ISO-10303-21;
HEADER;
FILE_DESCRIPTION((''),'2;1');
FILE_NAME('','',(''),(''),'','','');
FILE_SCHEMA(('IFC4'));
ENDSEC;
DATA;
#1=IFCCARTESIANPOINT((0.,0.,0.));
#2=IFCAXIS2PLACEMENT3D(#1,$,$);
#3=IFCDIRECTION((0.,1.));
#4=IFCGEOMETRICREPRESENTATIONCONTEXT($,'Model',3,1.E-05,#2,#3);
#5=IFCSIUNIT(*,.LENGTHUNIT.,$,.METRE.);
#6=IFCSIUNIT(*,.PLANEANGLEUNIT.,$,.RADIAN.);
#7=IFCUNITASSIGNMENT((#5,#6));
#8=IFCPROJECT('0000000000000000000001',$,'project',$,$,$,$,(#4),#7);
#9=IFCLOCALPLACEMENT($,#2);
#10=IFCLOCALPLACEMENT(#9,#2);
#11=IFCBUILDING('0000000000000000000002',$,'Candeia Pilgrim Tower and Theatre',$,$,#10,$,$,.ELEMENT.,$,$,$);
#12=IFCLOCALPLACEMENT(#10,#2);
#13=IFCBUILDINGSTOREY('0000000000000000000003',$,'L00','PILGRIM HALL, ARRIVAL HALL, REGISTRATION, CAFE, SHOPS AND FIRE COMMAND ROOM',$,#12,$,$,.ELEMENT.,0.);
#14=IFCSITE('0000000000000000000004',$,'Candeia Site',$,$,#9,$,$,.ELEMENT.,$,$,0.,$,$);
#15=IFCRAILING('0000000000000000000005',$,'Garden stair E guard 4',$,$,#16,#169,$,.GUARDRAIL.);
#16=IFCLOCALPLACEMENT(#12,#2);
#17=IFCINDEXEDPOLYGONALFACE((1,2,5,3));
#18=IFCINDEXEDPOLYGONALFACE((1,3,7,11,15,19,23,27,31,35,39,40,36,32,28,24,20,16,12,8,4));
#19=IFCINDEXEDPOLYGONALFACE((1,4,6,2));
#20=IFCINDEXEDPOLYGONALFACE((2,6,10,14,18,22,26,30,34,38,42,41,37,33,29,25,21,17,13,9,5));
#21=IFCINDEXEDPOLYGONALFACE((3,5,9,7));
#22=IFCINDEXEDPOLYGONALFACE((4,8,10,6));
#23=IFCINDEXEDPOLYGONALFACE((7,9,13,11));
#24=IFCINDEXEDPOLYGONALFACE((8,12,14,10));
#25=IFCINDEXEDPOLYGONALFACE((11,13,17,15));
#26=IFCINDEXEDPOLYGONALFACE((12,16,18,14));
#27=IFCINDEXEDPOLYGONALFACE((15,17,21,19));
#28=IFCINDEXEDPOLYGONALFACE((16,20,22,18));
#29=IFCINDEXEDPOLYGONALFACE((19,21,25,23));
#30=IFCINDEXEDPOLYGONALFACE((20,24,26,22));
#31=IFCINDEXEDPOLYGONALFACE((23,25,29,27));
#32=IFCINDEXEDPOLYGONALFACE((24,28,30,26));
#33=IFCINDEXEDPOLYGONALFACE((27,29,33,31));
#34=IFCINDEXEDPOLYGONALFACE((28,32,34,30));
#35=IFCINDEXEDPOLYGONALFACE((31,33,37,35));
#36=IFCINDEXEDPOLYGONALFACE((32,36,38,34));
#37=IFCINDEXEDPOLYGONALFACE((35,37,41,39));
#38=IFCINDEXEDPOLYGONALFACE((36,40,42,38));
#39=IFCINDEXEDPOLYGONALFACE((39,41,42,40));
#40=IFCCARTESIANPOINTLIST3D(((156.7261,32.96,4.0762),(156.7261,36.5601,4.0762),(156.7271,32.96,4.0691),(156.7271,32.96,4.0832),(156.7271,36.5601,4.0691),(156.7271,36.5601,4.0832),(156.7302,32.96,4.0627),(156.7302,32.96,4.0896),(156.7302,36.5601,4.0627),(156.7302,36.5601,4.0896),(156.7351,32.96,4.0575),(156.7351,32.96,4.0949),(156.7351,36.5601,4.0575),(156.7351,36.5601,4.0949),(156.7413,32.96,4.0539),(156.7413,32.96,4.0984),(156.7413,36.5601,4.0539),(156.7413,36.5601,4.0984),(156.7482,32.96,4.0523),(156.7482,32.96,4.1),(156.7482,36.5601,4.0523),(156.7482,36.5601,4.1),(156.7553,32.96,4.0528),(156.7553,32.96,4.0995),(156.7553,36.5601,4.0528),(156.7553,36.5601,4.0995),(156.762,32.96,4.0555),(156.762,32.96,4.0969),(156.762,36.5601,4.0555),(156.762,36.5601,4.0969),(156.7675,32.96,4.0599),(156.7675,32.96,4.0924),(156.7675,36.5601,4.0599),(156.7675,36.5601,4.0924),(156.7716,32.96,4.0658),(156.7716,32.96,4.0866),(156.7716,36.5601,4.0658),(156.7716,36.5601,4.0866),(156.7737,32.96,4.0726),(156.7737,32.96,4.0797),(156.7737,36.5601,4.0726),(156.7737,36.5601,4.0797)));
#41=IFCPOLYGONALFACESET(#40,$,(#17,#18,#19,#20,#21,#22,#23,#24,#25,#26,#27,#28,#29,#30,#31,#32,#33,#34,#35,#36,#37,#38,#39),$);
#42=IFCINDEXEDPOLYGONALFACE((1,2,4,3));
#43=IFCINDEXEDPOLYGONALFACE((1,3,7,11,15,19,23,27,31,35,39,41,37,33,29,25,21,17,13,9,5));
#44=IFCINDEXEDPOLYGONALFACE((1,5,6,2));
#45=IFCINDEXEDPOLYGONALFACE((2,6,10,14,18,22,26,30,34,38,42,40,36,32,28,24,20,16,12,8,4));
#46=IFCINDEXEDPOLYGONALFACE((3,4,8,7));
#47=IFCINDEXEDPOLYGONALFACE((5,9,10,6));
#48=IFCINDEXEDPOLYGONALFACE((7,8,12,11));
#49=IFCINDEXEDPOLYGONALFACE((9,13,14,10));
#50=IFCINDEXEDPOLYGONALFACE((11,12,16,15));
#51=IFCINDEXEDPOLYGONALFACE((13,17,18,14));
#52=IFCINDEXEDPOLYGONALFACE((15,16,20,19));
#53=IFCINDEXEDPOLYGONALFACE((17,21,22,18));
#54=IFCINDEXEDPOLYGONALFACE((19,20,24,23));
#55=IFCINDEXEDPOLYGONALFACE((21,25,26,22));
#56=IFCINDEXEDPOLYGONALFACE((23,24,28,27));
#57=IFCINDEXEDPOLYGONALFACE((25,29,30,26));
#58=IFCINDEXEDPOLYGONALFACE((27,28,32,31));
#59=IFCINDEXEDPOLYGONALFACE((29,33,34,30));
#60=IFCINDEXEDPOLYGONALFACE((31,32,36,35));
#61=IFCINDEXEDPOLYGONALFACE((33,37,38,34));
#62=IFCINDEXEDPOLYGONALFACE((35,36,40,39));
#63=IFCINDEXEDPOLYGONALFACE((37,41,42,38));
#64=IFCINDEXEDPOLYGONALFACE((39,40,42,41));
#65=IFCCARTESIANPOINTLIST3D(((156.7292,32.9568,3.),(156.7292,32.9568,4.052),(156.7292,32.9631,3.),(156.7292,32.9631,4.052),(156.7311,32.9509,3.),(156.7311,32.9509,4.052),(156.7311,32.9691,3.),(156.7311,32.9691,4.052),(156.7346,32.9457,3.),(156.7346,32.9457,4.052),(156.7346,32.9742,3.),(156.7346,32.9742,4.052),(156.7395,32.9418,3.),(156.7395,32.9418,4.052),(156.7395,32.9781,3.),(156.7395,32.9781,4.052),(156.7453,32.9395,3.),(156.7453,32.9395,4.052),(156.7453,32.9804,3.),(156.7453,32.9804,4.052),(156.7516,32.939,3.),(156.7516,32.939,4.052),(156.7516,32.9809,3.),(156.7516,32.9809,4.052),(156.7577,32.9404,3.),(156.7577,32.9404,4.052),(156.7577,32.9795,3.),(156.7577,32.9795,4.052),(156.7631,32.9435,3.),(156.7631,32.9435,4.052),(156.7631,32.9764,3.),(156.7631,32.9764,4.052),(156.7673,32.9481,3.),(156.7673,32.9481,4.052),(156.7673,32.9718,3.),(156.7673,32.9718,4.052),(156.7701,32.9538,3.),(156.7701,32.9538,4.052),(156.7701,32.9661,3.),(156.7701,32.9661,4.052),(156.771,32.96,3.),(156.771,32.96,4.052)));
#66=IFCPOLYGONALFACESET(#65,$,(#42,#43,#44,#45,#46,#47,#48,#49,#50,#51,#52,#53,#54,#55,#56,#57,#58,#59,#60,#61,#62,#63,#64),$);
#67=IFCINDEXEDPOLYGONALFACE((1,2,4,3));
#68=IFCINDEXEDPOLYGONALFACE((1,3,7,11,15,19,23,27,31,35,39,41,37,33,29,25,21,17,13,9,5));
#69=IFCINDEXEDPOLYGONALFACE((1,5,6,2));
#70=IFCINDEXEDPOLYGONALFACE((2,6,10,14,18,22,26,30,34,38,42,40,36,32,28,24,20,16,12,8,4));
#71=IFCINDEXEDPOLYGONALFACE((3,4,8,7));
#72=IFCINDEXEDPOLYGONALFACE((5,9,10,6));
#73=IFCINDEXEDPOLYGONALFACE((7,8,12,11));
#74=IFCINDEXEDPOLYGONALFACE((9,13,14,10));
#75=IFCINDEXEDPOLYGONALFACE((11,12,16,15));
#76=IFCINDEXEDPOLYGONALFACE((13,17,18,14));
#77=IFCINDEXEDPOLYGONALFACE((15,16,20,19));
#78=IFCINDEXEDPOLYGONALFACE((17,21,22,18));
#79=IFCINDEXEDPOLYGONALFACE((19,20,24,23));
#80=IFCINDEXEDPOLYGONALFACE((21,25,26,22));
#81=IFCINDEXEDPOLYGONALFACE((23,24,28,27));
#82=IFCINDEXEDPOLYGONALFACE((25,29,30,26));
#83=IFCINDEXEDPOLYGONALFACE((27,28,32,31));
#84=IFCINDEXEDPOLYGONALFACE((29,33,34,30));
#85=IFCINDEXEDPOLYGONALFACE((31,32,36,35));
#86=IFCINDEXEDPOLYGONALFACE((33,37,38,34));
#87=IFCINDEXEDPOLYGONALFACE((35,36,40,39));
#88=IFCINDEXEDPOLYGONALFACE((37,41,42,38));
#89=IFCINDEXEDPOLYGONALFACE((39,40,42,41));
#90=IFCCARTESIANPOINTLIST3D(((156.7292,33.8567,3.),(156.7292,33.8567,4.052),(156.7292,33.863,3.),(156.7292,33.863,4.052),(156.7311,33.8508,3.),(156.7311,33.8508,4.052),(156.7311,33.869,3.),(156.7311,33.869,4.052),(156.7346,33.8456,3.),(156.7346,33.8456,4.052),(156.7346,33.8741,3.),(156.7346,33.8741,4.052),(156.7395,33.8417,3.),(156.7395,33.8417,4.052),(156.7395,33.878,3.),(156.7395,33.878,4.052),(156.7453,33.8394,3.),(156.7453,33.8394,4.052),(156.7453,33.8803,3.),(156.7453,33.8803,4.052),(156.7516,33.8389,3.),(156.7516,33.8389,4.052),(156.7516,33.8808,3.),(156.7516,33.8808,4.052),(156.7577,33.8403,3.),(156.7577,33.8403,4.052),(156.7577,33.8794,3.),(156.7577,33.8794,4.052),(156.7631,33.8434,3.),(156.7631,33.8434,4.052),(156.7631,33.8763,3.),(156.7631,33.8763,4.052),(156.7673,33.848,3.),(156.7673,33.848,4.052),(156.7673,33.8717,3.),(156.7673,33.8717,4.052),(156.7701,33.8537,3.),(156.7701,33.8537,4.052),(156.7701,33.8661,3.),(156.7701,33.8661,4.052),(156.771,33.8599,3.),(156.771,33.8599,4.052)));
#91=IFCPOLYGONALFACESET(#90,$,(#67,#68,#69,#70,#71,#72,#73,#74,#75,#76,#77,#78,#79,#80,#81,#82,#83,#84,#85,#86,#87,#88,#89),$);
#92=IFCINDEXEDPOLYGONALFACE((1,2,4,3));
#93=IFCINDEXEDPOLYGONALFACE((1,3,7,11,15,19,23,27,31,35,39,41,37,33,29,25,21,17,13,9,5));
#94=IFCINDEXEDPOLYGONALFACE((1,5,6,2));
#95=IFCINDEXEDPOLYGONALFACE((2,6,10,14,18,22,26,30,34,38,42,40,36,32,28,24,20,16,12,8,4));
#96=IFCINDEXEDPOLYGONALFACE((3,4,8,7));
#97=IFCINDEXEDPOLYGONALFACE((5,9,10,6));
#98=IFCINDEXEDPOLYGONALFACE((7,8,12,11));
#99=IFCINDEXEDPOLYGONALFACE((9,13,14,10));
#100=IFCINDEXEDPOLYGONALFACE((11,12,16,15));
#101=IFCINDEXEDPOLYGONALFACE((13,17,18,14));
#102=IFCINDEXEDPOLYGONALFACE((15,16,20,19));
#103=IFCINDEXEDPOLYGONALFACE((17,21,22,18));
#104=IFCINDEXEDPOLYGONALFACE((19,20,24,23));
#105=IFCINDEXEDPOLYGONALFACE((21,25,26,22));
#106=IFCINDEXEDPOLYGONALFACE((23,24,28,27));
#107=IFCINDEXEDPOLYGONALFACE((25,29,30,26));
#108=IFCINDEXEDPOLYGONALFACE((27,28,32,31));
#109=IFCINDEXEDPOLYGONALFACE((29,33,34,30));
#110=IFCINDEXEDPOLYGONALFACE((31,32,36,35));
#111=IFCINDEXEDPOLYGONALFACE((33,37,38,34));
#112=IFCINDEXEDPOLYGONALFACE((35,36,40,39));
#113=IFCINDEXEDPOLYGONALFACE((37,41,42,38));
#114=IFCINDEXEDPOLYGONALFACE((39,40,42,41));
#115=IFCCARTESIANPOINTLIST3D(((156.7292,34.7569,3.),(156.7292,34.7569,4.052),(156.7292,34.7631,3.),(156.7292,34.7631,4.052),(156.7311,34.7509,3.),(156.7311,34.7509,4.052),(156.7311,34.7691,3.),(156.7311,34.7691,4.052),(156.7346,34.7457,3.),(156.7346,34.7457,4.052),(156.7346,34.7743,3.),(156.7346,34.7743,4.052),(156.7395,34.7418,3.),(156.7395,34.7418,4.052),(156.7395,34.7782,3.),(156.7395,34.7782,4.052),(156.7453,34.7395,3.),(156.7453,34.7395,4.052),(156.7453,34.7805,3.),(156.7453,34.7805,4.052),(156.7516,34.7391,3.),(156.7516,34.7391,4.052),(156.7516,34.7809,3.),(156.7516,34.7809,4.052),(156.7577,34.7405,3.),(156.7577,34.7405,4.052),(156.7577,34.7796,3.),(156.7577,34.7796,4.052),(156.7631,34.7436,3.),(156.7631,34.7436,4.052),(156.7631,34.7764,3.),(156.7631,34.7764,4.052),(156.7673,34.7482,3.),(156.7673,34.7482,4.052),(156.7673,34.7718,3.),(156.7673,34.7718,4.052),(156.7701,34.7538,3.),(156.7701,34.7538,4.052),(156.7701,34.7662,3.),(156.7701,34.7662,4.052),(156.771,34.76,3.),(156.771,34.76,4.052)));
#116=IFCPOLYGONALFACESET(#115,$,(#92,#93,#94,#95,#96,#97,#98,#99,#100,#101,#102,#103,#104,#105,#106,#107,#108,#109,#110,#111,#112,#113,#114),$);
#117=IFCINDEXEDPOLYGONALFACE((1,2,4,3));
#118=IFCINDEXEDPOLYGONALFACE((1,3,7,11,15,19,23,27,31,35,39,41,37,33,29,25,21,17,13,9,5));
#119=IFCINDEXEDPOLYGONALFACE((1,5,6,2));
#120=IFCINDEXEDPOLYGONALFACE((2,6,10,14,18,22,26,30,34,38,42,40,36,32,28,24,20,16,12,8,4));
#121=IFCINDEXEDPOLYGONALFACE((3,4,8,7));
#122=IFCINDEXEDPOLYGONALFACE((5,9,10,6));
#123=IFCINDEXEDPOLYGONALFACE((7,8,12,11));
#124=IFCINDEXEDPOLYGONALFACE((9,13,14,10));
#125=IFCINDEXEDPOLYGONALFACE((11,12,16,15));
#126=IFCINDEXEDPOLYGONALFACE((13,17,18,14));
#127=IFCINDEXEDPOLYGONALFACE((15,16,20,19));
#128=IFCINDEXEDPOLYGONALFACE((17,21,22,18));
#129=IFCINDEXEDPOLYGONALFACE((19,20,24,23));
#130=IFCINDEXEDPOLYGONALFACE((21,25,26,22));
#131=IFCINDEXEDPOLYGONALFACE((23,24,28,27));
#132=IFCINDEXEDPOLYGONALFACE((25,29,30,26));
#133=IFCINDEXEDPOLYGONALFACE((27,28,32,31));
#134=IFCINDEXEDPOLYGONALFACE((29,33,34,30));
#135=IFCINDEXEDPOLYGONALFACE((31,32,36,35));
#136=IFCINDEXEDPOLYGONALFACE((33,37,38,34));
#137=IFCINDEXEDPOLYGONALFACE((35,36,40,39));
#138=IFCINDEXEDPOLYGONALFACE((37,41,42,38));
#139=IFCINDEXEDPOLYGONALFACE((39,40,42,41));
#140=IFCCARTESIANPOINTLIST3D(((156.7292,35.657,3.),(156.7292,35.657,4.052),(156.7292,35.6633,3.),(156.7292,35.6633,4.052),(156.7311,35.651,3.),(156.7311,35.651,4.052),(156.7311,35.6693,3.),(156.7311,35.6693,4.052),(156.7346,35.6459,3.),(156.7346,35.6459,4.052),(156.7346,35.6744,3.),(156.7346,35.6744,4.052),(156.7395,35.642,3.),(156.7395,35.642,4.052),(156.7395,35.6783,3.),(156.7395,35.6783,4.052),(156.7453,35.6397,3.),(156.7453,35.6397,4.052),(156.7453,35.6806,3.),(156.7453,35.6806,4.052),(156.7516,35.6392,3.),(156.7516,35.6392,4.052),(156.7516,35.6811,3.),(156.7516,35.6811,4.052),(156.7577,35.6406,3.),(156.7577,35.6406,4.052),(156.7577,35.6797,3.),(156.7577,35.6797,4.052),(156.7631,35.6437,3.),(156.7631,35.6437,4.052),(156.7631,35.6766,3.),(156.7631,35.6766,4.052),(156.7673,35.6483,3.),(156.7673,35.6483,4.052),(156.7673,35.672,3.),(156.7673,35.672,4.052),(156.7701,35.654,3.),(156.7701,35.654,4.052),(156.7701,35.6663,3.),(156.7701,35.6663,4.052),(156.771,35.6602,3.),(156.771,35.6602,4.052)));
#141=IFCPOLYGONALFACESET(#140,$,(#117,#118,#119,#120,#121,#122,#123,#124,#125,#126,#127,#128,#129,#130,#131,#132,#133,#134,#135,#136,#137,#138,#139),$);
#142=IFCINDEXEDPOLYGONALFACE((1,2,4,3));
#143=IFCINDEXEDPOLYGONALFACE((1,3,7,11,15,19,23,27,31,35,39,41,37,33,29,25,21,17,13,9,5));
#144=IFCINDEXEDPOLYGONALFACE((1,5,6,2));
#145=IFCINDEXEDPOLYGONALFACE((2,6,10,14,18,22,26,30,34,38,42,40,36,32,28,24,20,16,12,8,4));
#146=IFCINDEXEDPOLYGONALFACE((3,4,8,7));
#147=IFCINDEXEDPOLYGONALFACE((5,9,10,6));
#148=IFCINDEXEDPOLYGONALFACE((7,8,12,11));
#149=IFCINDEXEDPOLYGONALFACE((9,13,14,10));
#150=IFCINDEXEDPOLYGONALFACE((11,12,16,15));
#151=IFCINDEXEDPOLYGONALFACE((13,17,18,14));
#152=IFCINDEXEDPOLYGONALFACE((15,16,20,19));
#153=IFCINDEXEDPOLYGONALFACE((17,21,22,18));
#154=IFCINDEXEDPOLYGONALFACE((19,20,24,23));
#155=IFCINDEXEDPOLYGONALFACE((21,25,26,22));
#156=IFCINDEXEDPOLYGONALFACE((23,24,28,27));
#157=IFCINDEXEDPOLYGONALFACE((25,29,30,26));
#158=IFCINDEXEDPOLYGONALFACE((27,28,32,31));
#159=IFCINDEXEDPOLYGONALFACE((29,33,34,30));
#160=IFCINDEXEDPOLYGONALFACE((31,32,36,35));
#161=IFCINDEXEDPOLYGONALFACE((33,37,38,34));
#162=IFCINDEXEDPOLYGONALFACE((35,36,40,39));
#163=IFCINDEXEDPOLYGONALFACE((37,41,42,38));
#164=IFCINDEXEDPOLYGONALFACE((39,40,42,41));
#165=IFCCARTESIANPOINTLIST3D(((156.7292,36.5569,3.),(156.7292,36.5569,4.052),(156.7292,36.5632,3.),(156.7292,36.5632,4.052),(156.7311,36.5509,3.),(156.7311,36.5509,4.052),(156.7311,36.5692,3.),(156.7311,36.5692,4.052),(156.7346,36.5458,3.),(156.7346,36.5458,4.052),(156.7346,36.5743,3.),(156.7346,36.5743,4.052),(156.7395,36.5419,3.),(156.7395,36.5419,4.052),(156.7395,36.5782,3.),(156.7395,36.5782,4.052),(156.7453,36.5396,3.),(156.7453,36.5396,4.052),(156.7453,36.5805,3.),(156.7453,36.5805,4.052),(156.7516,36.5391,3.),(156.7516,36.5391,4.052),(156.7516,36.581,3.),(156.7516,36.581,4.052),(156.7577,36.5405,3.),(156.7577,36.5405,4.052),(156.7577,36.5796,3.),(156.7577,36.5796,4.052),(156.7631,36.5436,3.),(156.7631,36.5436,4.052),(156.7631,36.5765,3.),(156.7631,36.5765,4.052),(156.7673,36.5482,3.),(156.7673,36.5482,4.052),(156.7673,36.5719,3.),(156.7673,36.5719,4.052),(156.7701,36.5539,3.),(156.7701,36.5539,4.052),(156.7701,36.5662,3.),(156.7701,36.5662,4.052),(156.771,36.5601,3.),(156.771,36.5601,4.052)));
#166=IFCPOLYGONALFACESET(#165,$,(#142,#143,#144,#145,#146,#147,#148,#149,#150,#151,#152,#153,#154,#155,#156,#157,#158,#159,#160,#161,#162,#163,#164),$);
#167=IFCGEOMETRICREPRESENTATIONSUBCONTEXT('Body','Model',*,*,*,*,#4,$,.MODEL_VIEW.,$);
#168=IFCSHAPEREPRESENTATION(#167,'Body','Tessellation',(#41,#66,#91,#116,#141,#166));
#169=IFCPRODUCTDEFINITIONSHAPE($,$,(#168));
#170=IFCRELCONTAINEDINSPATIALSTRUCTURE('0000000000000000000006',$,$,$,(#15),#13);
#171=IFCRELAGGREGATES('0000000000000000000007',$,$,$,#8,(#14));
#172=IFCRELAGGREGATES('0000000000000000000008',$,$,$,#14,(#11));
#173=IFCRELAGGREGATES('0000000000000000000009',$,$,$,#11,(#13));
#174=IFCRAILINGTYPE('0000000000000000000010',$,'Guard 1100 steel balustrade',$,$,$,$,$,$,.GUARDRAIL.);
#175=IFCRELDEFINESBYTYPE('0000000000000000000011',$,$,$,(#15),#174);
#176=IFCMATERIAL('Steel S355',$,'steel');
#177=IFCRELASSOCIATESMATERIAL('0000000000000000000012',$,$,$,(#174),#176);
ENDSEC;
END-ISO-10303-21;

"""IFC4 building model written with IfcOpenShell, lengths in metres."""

from ifc_helpers import new_model, si_unit, direction, frame, origin, origin_2d, place, context, subcontext, project, spatial, circle, extrude, material, type_object, element, save


model = new_model("IFC4")

# Units and contexts
model_context = context("Model", 3, precision=1e-05, world=origin(), true_north=direction((0.0, 1.0)))
body_context = subcontext(model_context, "Body", "Model", "MODEL_VIEW")
ifc_project = project(units=[si_unit("LENGTHUNIT", "METRE"), si_unit("PLANEANGLEUNIT", "RADIAN")], contexts=[model_context])

# Site, building, storey
site_placement = place(None, origin())
site = spatial("IfcSite", under=ifc_project, at=site_placement, Name="Candeia Site", CompositionType="ELEMENT", RefElevation=0.0)
building_placement = place(site_placement, origin())
building = spatial("IfcBuilding", under=site, at=building_placement, Name="Candeia Pilgrim Tower and Theatre", CompositionType="ELEMENT")
storey_placement = place(building_placement, origin())
storey = spatial("IfcBuildingStorey", under=building, at=storey_placement, Name="L00", Description="PILGRIM HALL, ARRIVAL HALL, REGISTRATION, CAFE, SHOPS AND FIRE COMMAND ROOM", CompositionType="ELEMENT", Elevation=0.0)

# Railing
ifc_material_1 = material(Name="Steel S355", Category="steel")
railing_type_1 = type_object("IfcRailingType", Name="Guard 1100 steel balustrade", PredefinedType="GUARDRAIL", material=ifc_material_1)
for number, where, name in (
    (1, (156.75, 32.96, 3.0), "Garden stair E guard 4"),
):
    element("IfcRailing", number, at=place(storey_placement, frame(where)), inside=storey, type_object=railing_type_1, Name=name, PredefinedType="GUARDRAIL", context=body_context, shape_type="SweptSolid", body=[
        extrude(circle(Radius=0.0239, at=origin_2d()), frame((0.0, 0.0, 1.0762), z_axis=(0.0, 1.0, 0.0), x_axis=(-1.0, 0.0, 0.0)), (0.0, 0.0, 1.0), 3.6001),
        extrude(circle(Radius=0.021, at=origin_2d()), origin(), (0.0, 0.0, 1.0), 1.052),
        extrude(circle(Radius=0.021, at=origin_2d()), frame((0.0, 0.8999, 0.0)), (0.0, 0.0, 1.0), 1.052),
        extrude(circle(Radius=0.021, at=origin_2d()), frame((0.0, 1.8, 0.0)), (0.0, 0.0, 1.0), 1.052),
        extrude(circle(Radius=0.021, at=origin_2d()), frame((0.0, 2.7002, 0.0)), (0.0, 0.0, 1.0), 1.052),
        extrude(circle(Radius=0.021, at=origin_2d()), frame((0.0, 3.6001, 0.0)), (0.0, 0.0, 1.0), 1.052),
    ])

save(model, "model.ifc")
